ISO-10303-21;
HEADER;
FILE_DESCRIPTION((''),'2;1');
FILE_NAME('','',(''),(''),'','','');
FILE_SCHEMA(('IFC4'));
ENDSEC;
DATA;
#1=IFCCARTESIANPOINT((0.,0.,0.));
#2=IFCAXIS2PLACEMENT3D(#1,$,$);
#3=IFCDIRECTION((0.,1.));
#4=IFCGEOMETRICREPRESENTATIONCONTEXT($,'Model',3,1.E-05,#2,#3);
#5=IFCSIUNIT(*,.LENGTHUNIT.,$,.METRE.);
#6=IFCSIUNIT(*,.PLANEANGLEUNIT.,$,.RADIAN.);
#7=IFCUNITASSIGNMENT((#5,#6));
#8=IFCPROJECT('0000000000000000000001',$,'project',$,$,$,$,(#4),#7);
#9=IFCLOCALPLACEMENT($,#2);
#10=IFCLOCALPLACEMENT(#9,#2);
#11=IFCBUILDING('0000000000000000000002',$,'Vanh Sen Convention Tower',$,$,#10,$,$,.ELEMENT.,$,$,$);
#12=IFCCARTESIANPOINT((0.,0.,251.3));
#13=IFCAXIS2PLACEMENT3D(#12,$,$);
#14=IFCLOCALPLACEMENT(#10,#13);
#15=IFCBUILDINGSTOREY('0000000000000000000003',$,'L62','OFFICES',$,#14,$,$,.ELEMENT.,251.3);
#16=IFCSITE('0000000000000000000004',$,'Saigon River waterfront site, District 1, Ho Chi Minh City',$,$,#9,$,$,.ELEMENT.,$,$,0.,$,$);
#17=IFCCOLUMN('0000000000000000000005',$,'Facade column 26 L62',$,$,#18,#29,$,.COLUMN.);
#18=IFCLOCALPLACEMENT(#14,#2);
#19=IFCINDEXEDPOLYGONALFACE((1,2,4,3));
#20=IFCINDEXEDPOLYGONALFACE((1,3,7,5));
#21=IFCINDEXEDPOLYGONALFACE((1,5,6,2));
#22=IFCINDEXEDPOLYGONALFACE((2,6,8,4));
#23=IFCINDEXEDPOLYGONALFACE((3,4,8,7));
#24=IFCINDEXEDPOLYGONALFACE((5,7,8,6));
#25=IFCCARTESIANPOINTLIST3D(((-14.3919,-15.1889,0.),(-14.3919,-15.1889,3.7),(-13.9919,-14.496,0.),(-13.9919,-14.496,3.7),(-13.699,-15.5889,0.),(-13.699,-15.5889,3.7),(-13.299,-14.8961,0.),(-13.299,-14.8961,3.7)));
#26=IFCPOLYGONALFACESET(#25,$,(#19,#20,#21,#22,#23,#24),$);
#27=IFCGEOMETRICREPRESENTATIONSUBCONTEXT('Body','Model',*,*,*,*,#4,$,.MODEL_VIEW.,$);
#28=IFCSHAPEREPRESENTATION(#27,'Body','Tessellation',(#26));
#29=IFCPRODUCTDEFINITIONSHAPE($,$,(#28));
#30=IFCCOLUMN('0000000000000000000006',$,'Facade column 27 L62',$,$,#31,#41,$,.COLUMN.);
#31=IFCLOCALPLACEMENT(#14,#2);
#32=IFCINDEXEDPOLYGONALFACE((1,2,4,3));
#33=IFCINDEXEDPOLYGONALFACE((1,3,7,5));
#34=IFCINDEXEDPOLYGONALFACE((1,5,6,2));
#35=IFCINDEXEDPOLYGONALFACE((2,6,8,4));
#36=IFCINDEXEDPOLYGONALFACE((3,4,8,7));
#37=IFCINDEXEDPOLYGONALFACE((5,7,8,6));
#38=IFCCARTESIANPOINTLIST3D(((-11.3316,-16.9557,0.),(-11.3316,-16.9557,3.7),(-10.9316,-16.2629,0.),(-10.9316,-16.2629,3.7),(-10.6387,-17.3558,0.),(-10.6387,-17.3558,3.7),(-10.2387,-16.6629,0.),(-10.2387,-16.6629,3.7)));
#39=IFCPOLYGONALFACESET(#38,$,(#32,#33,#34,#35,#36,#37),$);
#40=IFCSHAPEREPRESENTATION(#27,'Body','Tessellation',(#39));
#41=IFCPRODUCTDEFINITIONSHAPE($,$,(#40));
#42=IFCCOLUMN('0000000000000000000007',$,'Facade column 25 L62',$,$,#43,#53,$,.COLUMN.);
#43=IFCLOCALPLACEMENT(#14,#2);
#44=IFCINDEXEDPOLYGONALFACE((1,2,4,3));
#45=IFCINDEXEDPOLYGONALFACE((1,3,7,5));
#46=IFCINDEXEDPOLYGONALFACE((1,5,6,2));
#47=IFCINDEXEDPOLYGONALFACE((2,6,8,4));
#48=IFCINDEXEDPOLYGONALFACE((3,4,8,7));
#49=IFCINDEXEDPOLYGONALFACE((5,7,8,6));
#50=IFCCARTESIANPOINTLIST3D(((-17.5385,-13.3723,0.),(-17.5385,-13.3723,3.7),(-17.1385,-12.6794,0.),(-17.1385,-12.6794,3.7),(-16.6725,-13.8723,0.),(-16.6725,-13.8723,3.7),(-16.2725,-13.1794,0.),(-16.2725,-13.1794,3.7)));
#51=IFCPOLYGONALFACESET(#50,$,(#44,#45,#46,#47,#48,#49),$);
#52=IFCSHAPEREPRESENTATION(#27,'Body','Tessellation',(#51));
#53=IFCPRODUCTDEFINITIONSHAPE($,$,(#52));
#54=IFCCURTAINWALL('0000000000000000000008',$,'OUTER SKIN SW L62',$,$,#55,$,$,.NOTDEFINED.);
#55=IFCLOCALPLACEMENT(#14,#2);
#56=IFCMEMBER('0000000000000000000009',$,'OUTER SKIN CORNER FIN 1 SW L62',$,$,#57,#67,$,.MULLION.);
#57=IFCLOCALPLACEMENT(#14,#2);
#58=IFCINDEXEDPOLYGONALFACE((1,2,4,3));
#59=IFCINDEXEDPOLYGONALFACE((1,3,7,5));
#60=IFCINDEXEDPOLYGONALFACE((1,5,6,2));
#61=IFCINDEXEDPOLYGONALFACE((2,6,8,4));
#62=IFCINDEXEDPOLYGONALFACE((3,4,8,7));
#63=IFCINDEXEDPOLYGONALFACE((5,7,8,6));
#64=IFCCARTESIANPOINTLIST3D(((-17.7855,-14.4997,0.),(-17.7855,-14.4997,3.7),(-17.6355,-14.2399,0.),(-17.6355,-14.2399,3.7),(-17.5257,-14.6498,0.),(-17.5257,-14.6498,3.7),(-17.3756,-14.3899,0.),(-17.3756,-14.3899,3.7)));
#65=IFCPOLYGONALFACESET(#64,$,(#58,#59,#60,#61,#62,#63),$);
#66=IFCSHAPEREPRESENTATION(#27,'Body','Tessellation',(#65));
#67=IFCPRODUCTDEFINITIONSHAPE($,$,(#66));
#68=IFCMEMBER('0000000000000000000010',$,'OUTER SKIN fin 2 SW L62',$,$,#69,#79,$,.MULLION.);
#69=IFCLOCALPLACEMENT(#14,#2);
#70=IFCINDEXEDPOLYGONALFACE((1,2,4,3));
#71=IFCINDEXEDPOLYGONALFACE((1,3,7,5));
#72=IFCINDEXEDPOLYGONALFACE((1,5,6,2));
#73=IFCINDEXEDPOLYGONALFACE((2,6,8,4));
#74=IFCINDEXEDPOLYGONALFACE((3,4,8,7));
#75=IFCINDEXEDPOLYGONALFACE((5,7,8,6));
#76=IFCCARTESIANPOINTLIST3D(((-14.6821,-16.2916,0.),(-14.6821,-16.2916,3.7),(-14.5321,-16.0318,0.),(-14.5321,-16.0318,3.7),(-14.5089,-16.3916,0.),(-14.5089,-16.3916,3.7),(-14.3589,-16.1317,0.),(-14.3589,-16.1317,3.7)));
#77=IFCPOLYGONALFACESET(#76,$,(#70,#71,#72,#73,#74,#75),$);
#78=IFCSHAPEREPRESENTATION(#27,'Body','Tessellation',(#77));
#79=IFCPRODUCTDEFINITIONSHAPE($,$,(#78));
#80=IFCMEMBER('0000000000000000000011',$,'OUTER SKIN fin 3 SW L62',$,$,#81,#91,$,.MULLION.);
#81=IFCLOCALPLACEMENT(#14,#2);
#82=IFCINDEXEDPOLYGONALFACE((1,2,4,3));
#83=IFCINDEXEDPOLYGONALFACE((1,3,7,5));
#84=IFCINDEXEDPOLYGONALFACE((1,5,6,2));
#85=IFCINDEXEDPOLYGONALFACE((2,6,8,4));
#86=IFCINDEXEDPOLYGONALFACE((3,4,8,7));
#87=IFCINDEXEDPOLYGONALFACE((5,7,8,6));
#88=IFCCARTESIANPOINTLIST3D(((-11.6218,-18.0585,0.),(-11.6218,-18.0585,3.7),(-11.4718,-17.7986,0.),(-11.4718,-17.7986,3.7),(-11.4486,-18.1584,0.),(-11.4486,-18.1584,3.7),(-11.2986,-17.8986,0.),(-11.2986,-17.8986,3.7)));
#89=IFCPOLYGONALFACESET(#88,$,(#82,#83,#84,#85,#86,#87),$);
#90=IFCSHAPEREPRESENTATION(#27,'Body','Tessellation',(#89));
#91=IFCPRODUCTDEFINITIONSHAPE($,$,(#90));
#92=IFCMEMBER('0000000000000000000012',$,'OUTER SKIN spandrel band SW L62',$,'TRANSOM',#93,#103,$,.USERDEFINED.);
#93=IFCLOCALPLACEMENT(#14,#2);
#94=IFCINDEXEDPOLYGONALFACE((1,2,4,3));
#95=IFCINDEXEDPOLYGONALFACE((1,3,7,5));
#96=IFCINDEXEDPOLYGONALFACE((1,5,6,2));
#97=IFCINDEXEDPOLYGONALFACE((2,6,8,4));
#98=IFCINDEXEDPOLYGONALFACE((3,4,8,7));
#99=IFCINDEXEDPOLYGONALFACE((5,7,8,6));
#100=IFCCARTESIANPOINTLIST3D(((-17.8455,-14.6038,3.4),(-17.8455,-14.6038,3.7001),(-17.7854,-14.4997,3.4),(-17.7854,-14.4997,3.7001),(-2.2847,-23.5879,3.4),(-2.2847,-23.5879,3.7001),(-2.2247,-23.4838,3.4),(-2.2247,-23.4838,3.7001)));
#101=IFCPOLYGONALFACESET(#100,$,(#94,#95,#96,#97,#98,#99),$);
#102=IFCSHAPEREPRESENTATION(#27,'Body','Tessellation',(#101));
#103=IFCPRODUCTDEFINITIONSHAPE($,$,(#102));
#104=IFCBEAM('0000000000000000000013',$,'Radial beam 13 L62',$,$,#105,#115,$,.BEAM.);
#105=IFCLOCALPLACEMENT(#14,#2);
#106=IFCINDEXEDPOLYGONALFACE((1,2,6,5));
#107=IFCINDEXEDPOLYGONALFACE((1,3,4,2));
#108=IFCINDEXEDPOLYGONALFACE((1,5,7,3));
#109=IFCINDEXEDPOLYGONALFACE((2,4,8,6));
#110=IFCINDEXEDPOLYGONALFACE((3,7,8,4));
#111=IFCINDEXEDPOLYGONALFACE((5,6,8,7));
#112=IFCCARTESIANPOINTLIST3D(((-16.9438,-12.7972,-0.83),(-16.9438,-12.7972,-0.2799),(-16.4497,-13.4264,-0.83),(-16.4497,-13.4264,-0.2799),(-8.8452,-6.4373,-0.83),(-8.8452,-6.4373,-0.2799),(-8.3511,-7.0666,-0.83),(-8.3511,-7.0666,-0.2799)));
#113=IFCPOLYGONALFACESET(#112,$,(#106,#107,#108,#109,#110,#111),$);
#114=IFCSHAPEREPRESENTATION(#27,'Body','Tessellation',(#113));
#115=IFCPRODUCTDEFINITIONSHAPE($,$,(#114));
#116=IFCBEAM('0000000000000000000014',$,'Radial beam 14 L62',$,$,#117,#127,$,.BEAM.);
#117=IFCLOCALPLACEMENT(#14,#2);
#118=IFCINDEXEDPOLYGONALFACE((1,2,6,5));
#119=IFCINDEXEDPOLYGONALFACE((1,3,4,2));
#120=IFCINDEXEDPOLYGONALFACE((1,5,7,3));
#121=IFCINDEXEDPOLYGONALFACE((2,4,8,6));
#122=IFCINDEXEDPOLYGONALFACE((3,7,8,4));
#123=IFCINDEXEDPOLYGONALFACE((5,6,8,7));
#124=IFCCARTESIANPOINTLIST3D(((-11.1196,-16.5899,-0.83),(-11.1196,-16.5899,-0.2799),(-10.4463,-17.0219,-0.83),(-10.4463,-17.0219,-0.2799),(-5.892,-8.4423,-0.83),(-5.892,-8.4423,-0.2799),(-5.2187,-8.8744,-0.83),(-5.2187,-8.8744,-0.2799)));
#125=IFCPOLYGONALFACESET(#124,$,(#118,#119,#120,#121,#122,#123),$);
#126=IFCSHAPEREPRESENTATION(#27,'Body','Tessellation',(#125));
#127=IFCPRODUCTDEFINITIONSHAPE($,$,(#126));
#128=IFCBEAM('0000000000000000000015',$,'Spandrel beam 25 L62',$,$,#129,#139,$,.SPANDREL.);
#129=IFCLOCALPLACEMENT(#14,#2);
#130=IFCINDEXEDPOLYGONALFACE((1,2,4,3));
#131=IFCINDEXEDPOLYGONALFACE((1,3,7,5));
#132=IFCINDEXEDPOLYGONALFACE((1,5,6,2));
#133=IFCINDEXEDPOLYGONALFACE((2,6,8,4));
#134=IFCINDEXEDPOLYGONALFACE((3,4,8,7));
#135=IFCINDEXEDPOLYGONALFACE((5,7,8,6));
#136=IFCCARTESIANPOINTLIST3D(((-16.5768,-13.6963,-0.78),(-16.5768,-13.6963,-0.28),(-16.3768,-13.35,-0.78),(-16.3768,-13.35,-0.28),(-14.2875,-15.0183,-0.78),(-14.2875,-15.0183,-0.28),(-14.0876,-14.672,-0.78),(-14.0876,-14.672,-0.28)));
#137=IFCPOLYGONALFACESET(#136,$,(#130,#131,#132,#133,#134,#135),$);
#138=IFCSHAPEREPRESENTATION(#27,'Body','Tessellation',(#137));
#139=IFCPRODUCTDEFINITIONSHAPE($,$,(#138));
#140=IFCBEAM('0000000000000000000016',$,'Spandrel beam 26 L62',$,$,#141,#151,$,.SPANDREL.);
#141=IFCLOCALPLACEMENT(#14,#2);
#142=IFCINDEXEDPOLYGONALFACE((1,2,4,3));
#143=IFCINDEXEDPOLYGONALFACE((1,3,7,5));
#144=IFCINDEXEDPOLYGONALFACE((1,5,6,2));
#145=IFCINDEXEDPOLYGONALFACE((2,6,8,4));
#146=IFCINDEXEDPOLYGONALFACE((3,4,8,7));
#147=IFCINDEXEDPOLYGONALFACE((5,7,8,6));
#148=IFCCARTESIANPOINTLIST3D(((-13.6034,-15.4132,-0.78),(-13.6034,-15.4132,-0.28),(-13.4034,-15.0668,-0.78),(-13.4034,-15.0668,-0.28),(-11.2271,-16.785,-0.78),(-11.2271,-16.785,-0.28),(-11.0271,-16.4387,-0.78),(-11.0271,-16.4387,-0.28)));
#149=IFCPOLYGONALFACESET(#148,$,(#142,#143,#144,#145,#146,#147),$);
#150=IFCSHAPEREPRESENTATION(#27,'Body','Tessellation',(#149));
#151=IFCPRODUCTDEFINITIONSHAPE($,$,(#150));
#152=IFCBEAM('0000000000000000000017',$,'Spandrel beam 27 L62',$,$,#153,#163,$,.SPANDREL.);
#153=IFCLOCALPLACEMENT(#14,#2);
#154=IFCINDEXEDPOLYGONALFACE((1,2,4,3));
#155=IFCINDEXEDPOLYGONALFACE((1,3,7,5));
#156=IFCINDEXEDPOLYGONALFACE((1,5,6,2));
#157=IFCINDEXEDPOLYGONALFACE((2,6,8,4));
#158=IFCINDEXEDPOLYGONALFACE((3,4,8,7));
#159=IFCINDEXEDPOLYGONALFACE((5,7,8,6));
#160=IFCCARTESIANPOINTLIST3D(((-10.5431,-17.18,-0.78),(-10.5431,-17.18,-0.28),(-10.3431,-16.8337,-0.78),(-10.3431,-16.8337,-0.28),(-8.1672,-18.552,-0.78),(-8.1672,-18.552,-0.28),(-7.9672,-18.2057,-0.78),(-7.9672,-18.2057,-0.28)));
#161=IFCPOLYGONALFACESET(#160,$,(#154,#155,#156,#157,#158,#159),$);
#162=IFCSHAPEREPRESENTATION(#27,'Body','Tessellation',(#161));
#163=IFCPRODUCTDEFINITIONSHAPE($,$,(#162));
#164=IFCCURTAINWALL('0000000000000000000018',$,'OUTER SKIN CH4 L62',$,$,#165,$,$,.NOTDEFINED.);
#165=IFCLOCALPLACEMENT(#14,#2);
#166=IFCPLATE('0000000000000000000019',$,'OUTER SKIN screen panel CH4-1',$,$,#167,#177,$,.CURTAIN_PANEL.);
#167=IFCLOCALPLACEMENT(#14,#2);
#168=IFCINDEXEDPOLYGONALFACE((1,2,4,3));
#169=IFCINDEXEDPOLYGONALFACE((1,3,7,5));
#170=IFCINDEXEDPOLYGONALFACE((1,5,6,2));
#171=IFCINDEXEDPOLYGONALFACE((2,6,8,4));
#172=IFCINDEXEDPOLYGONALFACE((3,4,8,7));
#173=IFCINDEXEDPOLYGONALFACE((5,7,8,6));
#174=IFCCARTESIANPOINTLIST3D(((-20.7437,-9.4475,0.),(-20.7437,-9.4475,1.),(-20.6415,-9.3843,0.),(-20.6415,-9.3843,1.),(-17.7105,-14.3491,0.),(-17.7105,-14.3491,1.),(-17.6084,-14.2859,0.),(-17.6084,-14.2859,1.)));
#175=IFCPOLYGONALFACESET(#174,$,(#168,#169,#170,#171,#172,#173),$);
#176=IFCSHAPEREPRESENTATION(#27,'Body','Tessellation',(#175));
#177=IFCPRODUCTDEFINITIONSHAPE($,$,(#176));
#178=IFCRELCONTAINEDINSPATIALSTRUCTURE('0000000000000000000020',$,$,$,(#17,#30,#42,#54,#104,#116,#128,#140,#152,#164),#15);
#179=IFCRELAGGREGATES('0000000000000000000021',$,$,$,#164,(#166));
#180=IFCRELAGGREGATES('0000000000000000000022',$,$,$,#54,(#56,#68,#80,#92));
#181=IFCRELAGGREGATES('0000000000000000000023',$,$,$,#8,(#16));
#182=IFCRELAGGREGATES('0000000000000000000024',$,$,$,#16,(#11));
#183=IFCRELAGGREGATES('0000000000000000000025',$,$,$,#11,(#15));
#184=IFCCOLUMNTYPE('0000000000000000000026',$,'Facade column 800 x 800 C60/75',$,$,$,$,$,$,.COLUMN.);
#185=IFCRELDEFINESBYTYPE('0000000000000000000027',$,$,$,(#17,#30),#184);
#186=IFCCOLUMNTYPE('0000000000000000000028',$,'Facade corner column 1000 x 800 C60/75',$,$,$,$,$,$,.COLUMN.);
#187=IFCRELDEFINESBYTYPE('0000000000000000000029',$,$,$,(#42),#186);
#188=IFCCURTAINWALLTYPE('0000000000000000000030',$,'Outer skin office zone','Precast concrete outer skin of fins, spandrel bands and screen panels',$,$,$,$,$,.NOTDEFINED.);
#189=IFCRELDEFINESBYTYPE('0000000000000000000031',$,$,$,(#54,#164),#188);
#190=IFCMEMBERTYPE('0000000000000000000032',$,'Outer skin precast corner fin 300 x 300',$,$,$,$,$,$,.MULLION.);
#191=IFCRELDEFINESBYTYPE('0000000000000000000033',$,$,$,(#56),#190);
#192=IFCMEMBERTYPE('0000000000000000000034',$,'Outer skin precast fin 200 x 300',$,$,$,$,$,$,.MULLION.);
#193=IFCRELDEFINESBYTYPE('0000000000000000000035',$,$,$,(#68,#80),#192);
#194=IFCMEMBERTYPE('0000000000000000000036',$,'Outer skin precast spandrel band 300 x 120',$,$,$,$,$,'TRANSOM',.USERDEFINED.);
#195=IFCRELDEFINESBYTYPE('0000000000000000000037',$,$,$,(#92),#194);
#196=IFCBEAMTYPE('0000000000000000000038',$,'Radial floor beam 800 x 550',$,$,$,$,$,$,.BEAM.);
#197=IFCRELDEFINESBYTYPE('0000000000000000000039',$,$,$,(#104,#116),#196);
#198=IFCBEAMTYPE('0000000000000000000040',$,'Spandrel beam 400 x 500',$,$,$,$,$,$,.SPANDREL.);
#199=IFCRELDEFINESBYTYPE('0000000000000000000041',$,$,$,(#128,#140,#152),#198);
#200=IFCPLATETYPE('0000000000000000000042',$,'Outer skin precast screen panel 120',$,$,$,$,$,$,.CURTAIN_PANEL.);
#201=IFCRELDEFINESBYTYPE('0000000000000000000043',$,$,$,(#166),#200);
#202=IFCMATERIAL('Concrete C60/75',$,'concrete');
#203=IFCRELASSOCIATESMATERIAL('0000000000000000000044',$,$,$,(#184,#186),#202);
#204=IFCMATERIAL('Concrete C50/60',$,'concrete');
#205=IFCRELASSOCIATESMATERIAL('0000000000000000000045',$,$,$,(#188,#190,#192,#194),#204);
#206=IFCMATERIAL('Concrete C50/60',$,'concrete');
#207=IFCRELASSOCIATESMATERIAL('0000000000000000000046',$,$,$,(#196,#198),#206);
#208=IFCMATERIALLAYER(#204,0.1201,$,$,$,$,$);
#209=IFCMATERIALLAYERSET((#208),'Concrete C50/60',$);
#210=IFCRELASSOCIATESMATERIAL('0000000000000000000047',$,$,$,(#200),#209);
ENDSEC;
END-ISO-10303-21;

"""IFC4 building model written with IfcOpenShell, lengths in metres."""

from ifc_helpers import new_model, si_unit, direction, frame, origin, origin_2d, place, context, subcontext, project, spatial, rectangle, extrude, material, layer, layer_set, material_profile, profile_set, type_object, element, aggregate, save


model = new_model("IFC4")

# Units and contexts
model_context = context("Model", 3, precision=1e-05, world=origin(), true_north=direction((0.0, 1.0)))
body_context = subcontext(model_context, "Body", "Model", "MODEL_VIEW")
ifc_project = project(units=[si_unit("LENGTHUNIT", "METRE"), si_unit("PLANEANGLEUNIT", "RADIAN")], contexts=[model_context])

# Site, building, storey
site_placement = place(None, origin())
site = spatial("IfcSite", under=ifc_project, at=site_placement, Name="Saigon River waterfront site, District 1, Ho Chi Minh City", CompositionType="ELEMENT", RefElevation=0.0)
building_placement = place(site_placement, origin())
building = spatial("IfcBuilding", under=site, at=building_placement, Name="Vanh Sen Convention Tower", CompositionType="ELEMENT")
storey_placement = place(building_placement, frame((0.0, 0.0, 251.3)))
storey = spatial("IfcBuildingStorey", under=building, at=storey_placement, Name="L62", Description="OFFICES", CompositionType="ELEMENT", Elevation=251.3)

# Columns
ifc_material_1 = material(Name="Concrete C60/75", Category="concrete")
ifc_material_profile_1 = material_profile(ifc_material_1, rectangle(XDim=0.8, YDim=0.8, at=origin_2d()), Name="RC 800X800")
ifc_profile_set_1 = profile_set([ifc_material_profile_1], Name="Concrete C60/75")
column_type_1 = type_object("IfcColumnType", Name="Facade column 800 x 800 C60/75", PredefinedType="COLUMN", material=ifc_profile_set_1)
for number, where, z_axis, x_axis, name in (
    (1, (-13.8455, -15.0425, 0.0), (0.0, 0.0, 1.0), (0.866025, -0.5, 0.0), "Facade column 26 L62"),
    (2, (-10.7852, -16.8093, 0.0), (0.0, 0.0, 1.0), (0.866025, -0.5, 0.0), "Facade column 27 L62"),
):
    element("IfcColumn", number, at=place(storey_placement, frame(where, z_axis=z_axis, x_axis=x_axis)), inside=storey, type_object=column_type_1, Name=name, PredefinedType="COLUMN", context=body_context, shape_type="SweptSolid", body=[
        extrude(rectangle(XDim=0.8, YDim=0.8, at=origin_2d()), origin(), (0.0, 0.0, 1.0), 3.7),
    ])
ifc_material_profile_2 = material_profile(ifc_material_1, rectangle(XDim=1.0, YDim=0.8, at=origin_2d()), Name="RC 1000X800")
ifc_profile_set_2 = profile_set([ifc_material_profile_2], Name="Concrete C60/75")
column_type_2 = type_object("IfcColumnType", Name="Facade corner column 1000 x 800 C60/75", PredefinedType="COLUMN", material=ifc_profile_set_2)
column_placement = place(storey_placement, frame((-16.9055, -13.2759, 0.0), z_axis=(0.0, 0.0, 1.0), x_axis=(0.866025, -0.5, 0.0)))
element("IfcColumn", 3, at=column_placement, inside=storey, type_object=column_type_2, Name="Facade column 25 L62", PredefinedType="COLUMN", context=body_context, shape_type="SweptSolid", body=[
    extrude(rectangle(XDim=1.0, YDim=0.8, at=origin_2d()), origin(), (0.0, 0.0, 1.0), 3.7),
])

# Curtain wall, members
ifc_material_2 = material(Name="Concrete C50/60", Category="concrete")
curtain_wall_type = type_object("IfcCurtainWallType", Name="Outer skin office zone", Description="Precast concrete outer skin of fins, spandrel bands and screen panels", PredefinedType="NOTDEFINED", material=ifc_material_2)
curtain_wall_1_placement = place(storey_placement, origin())
curtain_wall_1 = element("IfcCurtainWall", 4, at=curtain_wall_1_placement, inside=storey, type_object=curtain_wall_type, Name="OUTER SKIN SW L62", PredefinedType="NOTDEFINED")
ifc_material_profile_3 = material_profile(ifc_material_2, rectangle(XDim=0.3, YDim=0.3, at=origin_2d()), Name="Outer skin precast corner fin 300 x 300")
ifc_profile_set_3 = profile_set([ifc_material_profile_3], Name="Concrete C50/60")
member_type_1 = type_object("IfcMemberType", Name="Outer skin precast corner fin 300 x 300", PredefinedType="MULLION", material=ifc_profile_set_3)
member_1_placement = place(storey_placement, frame((-17.5806, -14.4448, 0.0), z_axis=(0.0, 0.0, 1.0), x_axis=(0.866025, -0.5, 0.0)))
member_1 = element("IfcMember", 5, at=member_1_placement, type_object=member_type_1, Name="OUTER SKIN CORNER FIN 1 SW L62", PredefinedType="MULLION", context=body_context, shape_type="SweptSolid", body=[
    extrude(rectangle(XDim=0.3, YDim=0.3, at=origin_2d()), origin(), (0.0, 0.0, 1.0), 3.7),
])
ifc_material_profile_4 = material_profile(ifc_material_2, rectangle(XDim=0.2, YDim=0.3, at=origin_2d()), Name="Outer skin precast fin 200 x 300")
ifc_profile_set_4 = profile_set([ifc_material_profile_4], Name="Concrete C50/60")
member_type_2 = type_object("IfcMemberType", Name="Outer skin precast fin 200 x 300", PredefinedType="MULLION", material=ifc_profile_set_4)
member_2_placement = place(storey_placement, frame((-14.5205, -16.2117, 0.0), z_axis=(0.0, 0.0, 1.0), x_axis=(0.866025, -0.5, 0.0)))
member_2 = element("IfcMember", 6, at=member_2_placement, type_object=member_type_2, Name="OUTER SKIN fin 2 SW L62", PredefinedType="MULLION", context=body_context, shape_type="SweptSolid", body=[
    extrude(rectangle(XDim=0.2, YDim=0.3, at=origin_2d()), origin(), (0.0, 0.0, 1.0), 3.7),
])
member_3_placement = place(storey_placement, frame((-11.4602, -17.9785, 0.0), z_axis=(0.0, 0.0, 1.0), x_axis=(0.866025, -0.5, 0.0)))
member_3 = element("IfcMember", 7, at=member_3_placement, type_object=member_type_2, Name="OUTER SKIN fin 3 SW L62", PredefinedType="MULLION", context=body_context, shape_type="SweptSolid", body=[
    extrude(rectangle(XDim=0.2, YDim=0.3, at=origin_2d()), origin(), (0.0, 0.0, 1.0), 3.7),
])
ifc_material_profile_5 = material_profile(ifc_material_2, rectangle(XDim=0.1201, YDim=0.3, at=origin_2d()), Name="Outer skin precast spandrel band 300 x 120")
ifc_profile_set_5 = profile_set([ifc_material_profile_5], Name="Concrete C50/60")
member_type_3 = type_object("IfcMemberType", Name="Outer skin precast spandrel band 300 x 120", ElementType="TRANSOM", PredefinedType="USERDEFINED", material=ifc_profile_set_5)
member_4_placement = place(storey_placement, frame((-17.8154, -14.5518, 3.55), z_axis=(0.866023, -0.500004, 0.0), x_axis=(0.500004, 0.866023, 0.0)))
member_4 = element("IfcMember", 8, at=member_4_placement, type_object=member_type_3, Name="OUTER SKIN spandrel band SW L62", ObjectType="TRANSOM", PredefinedType="USERDEFINED", context=body_context, shape_type="SweptSolid", body=[
    extrude(rectangle(XDim=0.1201, YDim=0.3, at=origin_2d()), origin(), (0.0, 0.0, 1.0), 17.968),
])

# Beams
ifc_material_3 = material(Name="Concrete C50/60", Category="concrete")
ifc_material_profile_6 = material_profile(ifc_material_3, rectangle(XDim=0.8, YDim=0.55, at=origin_2d()), Name="RC 800X550")
ifc_profile_set_6 = profile_set([ifc_material_profile_6], Name="Concrete C50/60")
beam_type_1 = type_object("IfcBeamType", Name="Radial floor beam 800 x 550", PredefinedType="BEAM", material=ifc_profile_set_6)
beam_1_placement = place(storey_placement, frame((-16.6968, -13.1118, -0.5549), z_axis=(0.786476, 0.61762, 0.0), x_axis=(-0.61762, 0.786476, 0.0)))
element("IfcBeam", 9, at=beam_1_placement, inside=storey, type_object=beam_type_1, Name="Radial beam 13 L62", PredefinedType="BEAM", context=body_context, shape_type="SweptSolid", body=[
    extrude(rectangle(XDim=0.8, YDim=0.55, at=origin_2d()), origin(), (0.0, 0.0, 1.0), 10.2974),
])
beam_2_placement = place(storey_placement, frame((-10.783, -16.8059, -0.5549), z_axis=(0.540018, 0.841653, 0.0), x_axis=(-0.841653, 0.540018, 0.0)))
element("IfcBeam", 10, at=beam_2_placement, inside=storey, type_object=beam_type_1, Name="Radial beam 14 L62", PredefinedType="BEAM", context=body_context, shape_type="SweptSolid", body=[
    extrude(rectangle(XDim=0.8, YDim=0.55, at=origin_2d()), origin(), (0.0, 0.0, 1.0), 9.6804),
])
ifc_material_profile_7 = material_profile(ifc_material_3, rectangle(XDim=0.3999, YDim=0.5, at=origin_2d()), Name="RC 400X500")
ifc_profile_set_7 = profile_set([ifc_material_profile_7], Name="Concrete C50/60")
beam_type_2 = type_object("IfcBeamType", Name="Spandrel beam 400 x 500", PredefinedType="SPANDREL", material=ifc_profile_set_7)
beam_3_placement = place(storey_placement, frame((-16.4768, -13.5232, -0.53), z_axis=(0.865978, -0.500082, 0.0), x_axis=(0.500082, 0.865978, 0.0)))
element("IfcBeam", 11, at=beam_3_placement, inside=storey, type_object=beam_type_2, Name="Spandrel beam 25 L62", PredefinedType="SPANDREL", context=body_context, shape_type="SweptSolid", body=[
    extrude(rectangle(XDim=0.3999, YDim=0.5, at=origin_2d()), origin(), (0.0, 0.0, 1.0), 2.6436),
])
beam_4_placement = place(storey_placement, frame((-13.5034, -15.24, -0.53), z_axis=(0.866039, -0.499977, 0.0), x_axis=(0.499977, 0.866039, 0.0)))
element("IfcBeam", 12, at=beam_4_placement, inside=storey, type_object=beam_type_2, Name="Spandrel beam 26 L62", PredefinedType="SPANDREL", context=body_context, shape_type="SweptSolid", body=[
    extrude(rectangle(XDim=0.3999, YDim=0.5, at=origin_2d()), origin(), (0.0, 0.0, 1.0), 2.7439),
])
beam_5_placement = place(storey_placement, frame((-10.4431, -17.0068, -0.53), z_axis=(0.865978, -0.500082, 0.0), x_axis=(0.500082, 0.865978, 0.0)))
element("IfcBeam", 13, at=beam_5_placement, inside=storey, type_object=beam_type_2, Name="Spandrel beam 27 L62", PredefinedType="SPANDREL", context=body_context, shape_type="SweptSolid", body=[
    extrude(rectangle(XDim=0.3999, YDim=0.5, at=origin_2d()), origin(), (0.0, 0.0, 1.0), 2.7437),
])

# Curtain wall, plate
curtain_wall_2_placement = place(storey_placement, origin())
curtain_wall_2 = element("IfcCurtainWall", 14, at=curtain_wall_2_placement, inside=storey, type_object=curtain_wall_type, Name="OUTER SKIN CH4 L62", PredefinedType="NOTDEFINED")
ifc_layer_1 = layer(ifc_material_2, 0.1201)
ifc_layer_set_1 = layer_set([ifc_layer_1], Name="Concrete C50/60")
plate_type = type_object("IfcPlateType", Name="Outer skin precast screen panel 120", PredefinedType="CURTAIN_PANEL", material=ifc_layer_set_1)
plate_1_placement = place(storey_placement, frame((-19.176, -11.8667, 0.0), z_axis=(0.0, 0.0, 1.0), x_axis=(0.526215, -0.850351, 0.0)))
plate_1 = element("IfcPlate", 15, at=plate_1_placement, type_object=plate_type, Name="OUTER SKIN screen panel CH4-1", PredefinedType="CURTAIN_PANEL", context=body_context, shape_type="SweptSolid", body=[
    extrude(rectangle(XDim=5.7642, YDim=0.1201, at=origin_2d()), origin(), (0.0, 0.0, 1.0), 1.0),
])
aggregate(curtain_wall_2, [plate_1])

aggregate(curtain_wall_1, [member_1, member_2, member_3, member_4])

save(model, "model.ifc")
